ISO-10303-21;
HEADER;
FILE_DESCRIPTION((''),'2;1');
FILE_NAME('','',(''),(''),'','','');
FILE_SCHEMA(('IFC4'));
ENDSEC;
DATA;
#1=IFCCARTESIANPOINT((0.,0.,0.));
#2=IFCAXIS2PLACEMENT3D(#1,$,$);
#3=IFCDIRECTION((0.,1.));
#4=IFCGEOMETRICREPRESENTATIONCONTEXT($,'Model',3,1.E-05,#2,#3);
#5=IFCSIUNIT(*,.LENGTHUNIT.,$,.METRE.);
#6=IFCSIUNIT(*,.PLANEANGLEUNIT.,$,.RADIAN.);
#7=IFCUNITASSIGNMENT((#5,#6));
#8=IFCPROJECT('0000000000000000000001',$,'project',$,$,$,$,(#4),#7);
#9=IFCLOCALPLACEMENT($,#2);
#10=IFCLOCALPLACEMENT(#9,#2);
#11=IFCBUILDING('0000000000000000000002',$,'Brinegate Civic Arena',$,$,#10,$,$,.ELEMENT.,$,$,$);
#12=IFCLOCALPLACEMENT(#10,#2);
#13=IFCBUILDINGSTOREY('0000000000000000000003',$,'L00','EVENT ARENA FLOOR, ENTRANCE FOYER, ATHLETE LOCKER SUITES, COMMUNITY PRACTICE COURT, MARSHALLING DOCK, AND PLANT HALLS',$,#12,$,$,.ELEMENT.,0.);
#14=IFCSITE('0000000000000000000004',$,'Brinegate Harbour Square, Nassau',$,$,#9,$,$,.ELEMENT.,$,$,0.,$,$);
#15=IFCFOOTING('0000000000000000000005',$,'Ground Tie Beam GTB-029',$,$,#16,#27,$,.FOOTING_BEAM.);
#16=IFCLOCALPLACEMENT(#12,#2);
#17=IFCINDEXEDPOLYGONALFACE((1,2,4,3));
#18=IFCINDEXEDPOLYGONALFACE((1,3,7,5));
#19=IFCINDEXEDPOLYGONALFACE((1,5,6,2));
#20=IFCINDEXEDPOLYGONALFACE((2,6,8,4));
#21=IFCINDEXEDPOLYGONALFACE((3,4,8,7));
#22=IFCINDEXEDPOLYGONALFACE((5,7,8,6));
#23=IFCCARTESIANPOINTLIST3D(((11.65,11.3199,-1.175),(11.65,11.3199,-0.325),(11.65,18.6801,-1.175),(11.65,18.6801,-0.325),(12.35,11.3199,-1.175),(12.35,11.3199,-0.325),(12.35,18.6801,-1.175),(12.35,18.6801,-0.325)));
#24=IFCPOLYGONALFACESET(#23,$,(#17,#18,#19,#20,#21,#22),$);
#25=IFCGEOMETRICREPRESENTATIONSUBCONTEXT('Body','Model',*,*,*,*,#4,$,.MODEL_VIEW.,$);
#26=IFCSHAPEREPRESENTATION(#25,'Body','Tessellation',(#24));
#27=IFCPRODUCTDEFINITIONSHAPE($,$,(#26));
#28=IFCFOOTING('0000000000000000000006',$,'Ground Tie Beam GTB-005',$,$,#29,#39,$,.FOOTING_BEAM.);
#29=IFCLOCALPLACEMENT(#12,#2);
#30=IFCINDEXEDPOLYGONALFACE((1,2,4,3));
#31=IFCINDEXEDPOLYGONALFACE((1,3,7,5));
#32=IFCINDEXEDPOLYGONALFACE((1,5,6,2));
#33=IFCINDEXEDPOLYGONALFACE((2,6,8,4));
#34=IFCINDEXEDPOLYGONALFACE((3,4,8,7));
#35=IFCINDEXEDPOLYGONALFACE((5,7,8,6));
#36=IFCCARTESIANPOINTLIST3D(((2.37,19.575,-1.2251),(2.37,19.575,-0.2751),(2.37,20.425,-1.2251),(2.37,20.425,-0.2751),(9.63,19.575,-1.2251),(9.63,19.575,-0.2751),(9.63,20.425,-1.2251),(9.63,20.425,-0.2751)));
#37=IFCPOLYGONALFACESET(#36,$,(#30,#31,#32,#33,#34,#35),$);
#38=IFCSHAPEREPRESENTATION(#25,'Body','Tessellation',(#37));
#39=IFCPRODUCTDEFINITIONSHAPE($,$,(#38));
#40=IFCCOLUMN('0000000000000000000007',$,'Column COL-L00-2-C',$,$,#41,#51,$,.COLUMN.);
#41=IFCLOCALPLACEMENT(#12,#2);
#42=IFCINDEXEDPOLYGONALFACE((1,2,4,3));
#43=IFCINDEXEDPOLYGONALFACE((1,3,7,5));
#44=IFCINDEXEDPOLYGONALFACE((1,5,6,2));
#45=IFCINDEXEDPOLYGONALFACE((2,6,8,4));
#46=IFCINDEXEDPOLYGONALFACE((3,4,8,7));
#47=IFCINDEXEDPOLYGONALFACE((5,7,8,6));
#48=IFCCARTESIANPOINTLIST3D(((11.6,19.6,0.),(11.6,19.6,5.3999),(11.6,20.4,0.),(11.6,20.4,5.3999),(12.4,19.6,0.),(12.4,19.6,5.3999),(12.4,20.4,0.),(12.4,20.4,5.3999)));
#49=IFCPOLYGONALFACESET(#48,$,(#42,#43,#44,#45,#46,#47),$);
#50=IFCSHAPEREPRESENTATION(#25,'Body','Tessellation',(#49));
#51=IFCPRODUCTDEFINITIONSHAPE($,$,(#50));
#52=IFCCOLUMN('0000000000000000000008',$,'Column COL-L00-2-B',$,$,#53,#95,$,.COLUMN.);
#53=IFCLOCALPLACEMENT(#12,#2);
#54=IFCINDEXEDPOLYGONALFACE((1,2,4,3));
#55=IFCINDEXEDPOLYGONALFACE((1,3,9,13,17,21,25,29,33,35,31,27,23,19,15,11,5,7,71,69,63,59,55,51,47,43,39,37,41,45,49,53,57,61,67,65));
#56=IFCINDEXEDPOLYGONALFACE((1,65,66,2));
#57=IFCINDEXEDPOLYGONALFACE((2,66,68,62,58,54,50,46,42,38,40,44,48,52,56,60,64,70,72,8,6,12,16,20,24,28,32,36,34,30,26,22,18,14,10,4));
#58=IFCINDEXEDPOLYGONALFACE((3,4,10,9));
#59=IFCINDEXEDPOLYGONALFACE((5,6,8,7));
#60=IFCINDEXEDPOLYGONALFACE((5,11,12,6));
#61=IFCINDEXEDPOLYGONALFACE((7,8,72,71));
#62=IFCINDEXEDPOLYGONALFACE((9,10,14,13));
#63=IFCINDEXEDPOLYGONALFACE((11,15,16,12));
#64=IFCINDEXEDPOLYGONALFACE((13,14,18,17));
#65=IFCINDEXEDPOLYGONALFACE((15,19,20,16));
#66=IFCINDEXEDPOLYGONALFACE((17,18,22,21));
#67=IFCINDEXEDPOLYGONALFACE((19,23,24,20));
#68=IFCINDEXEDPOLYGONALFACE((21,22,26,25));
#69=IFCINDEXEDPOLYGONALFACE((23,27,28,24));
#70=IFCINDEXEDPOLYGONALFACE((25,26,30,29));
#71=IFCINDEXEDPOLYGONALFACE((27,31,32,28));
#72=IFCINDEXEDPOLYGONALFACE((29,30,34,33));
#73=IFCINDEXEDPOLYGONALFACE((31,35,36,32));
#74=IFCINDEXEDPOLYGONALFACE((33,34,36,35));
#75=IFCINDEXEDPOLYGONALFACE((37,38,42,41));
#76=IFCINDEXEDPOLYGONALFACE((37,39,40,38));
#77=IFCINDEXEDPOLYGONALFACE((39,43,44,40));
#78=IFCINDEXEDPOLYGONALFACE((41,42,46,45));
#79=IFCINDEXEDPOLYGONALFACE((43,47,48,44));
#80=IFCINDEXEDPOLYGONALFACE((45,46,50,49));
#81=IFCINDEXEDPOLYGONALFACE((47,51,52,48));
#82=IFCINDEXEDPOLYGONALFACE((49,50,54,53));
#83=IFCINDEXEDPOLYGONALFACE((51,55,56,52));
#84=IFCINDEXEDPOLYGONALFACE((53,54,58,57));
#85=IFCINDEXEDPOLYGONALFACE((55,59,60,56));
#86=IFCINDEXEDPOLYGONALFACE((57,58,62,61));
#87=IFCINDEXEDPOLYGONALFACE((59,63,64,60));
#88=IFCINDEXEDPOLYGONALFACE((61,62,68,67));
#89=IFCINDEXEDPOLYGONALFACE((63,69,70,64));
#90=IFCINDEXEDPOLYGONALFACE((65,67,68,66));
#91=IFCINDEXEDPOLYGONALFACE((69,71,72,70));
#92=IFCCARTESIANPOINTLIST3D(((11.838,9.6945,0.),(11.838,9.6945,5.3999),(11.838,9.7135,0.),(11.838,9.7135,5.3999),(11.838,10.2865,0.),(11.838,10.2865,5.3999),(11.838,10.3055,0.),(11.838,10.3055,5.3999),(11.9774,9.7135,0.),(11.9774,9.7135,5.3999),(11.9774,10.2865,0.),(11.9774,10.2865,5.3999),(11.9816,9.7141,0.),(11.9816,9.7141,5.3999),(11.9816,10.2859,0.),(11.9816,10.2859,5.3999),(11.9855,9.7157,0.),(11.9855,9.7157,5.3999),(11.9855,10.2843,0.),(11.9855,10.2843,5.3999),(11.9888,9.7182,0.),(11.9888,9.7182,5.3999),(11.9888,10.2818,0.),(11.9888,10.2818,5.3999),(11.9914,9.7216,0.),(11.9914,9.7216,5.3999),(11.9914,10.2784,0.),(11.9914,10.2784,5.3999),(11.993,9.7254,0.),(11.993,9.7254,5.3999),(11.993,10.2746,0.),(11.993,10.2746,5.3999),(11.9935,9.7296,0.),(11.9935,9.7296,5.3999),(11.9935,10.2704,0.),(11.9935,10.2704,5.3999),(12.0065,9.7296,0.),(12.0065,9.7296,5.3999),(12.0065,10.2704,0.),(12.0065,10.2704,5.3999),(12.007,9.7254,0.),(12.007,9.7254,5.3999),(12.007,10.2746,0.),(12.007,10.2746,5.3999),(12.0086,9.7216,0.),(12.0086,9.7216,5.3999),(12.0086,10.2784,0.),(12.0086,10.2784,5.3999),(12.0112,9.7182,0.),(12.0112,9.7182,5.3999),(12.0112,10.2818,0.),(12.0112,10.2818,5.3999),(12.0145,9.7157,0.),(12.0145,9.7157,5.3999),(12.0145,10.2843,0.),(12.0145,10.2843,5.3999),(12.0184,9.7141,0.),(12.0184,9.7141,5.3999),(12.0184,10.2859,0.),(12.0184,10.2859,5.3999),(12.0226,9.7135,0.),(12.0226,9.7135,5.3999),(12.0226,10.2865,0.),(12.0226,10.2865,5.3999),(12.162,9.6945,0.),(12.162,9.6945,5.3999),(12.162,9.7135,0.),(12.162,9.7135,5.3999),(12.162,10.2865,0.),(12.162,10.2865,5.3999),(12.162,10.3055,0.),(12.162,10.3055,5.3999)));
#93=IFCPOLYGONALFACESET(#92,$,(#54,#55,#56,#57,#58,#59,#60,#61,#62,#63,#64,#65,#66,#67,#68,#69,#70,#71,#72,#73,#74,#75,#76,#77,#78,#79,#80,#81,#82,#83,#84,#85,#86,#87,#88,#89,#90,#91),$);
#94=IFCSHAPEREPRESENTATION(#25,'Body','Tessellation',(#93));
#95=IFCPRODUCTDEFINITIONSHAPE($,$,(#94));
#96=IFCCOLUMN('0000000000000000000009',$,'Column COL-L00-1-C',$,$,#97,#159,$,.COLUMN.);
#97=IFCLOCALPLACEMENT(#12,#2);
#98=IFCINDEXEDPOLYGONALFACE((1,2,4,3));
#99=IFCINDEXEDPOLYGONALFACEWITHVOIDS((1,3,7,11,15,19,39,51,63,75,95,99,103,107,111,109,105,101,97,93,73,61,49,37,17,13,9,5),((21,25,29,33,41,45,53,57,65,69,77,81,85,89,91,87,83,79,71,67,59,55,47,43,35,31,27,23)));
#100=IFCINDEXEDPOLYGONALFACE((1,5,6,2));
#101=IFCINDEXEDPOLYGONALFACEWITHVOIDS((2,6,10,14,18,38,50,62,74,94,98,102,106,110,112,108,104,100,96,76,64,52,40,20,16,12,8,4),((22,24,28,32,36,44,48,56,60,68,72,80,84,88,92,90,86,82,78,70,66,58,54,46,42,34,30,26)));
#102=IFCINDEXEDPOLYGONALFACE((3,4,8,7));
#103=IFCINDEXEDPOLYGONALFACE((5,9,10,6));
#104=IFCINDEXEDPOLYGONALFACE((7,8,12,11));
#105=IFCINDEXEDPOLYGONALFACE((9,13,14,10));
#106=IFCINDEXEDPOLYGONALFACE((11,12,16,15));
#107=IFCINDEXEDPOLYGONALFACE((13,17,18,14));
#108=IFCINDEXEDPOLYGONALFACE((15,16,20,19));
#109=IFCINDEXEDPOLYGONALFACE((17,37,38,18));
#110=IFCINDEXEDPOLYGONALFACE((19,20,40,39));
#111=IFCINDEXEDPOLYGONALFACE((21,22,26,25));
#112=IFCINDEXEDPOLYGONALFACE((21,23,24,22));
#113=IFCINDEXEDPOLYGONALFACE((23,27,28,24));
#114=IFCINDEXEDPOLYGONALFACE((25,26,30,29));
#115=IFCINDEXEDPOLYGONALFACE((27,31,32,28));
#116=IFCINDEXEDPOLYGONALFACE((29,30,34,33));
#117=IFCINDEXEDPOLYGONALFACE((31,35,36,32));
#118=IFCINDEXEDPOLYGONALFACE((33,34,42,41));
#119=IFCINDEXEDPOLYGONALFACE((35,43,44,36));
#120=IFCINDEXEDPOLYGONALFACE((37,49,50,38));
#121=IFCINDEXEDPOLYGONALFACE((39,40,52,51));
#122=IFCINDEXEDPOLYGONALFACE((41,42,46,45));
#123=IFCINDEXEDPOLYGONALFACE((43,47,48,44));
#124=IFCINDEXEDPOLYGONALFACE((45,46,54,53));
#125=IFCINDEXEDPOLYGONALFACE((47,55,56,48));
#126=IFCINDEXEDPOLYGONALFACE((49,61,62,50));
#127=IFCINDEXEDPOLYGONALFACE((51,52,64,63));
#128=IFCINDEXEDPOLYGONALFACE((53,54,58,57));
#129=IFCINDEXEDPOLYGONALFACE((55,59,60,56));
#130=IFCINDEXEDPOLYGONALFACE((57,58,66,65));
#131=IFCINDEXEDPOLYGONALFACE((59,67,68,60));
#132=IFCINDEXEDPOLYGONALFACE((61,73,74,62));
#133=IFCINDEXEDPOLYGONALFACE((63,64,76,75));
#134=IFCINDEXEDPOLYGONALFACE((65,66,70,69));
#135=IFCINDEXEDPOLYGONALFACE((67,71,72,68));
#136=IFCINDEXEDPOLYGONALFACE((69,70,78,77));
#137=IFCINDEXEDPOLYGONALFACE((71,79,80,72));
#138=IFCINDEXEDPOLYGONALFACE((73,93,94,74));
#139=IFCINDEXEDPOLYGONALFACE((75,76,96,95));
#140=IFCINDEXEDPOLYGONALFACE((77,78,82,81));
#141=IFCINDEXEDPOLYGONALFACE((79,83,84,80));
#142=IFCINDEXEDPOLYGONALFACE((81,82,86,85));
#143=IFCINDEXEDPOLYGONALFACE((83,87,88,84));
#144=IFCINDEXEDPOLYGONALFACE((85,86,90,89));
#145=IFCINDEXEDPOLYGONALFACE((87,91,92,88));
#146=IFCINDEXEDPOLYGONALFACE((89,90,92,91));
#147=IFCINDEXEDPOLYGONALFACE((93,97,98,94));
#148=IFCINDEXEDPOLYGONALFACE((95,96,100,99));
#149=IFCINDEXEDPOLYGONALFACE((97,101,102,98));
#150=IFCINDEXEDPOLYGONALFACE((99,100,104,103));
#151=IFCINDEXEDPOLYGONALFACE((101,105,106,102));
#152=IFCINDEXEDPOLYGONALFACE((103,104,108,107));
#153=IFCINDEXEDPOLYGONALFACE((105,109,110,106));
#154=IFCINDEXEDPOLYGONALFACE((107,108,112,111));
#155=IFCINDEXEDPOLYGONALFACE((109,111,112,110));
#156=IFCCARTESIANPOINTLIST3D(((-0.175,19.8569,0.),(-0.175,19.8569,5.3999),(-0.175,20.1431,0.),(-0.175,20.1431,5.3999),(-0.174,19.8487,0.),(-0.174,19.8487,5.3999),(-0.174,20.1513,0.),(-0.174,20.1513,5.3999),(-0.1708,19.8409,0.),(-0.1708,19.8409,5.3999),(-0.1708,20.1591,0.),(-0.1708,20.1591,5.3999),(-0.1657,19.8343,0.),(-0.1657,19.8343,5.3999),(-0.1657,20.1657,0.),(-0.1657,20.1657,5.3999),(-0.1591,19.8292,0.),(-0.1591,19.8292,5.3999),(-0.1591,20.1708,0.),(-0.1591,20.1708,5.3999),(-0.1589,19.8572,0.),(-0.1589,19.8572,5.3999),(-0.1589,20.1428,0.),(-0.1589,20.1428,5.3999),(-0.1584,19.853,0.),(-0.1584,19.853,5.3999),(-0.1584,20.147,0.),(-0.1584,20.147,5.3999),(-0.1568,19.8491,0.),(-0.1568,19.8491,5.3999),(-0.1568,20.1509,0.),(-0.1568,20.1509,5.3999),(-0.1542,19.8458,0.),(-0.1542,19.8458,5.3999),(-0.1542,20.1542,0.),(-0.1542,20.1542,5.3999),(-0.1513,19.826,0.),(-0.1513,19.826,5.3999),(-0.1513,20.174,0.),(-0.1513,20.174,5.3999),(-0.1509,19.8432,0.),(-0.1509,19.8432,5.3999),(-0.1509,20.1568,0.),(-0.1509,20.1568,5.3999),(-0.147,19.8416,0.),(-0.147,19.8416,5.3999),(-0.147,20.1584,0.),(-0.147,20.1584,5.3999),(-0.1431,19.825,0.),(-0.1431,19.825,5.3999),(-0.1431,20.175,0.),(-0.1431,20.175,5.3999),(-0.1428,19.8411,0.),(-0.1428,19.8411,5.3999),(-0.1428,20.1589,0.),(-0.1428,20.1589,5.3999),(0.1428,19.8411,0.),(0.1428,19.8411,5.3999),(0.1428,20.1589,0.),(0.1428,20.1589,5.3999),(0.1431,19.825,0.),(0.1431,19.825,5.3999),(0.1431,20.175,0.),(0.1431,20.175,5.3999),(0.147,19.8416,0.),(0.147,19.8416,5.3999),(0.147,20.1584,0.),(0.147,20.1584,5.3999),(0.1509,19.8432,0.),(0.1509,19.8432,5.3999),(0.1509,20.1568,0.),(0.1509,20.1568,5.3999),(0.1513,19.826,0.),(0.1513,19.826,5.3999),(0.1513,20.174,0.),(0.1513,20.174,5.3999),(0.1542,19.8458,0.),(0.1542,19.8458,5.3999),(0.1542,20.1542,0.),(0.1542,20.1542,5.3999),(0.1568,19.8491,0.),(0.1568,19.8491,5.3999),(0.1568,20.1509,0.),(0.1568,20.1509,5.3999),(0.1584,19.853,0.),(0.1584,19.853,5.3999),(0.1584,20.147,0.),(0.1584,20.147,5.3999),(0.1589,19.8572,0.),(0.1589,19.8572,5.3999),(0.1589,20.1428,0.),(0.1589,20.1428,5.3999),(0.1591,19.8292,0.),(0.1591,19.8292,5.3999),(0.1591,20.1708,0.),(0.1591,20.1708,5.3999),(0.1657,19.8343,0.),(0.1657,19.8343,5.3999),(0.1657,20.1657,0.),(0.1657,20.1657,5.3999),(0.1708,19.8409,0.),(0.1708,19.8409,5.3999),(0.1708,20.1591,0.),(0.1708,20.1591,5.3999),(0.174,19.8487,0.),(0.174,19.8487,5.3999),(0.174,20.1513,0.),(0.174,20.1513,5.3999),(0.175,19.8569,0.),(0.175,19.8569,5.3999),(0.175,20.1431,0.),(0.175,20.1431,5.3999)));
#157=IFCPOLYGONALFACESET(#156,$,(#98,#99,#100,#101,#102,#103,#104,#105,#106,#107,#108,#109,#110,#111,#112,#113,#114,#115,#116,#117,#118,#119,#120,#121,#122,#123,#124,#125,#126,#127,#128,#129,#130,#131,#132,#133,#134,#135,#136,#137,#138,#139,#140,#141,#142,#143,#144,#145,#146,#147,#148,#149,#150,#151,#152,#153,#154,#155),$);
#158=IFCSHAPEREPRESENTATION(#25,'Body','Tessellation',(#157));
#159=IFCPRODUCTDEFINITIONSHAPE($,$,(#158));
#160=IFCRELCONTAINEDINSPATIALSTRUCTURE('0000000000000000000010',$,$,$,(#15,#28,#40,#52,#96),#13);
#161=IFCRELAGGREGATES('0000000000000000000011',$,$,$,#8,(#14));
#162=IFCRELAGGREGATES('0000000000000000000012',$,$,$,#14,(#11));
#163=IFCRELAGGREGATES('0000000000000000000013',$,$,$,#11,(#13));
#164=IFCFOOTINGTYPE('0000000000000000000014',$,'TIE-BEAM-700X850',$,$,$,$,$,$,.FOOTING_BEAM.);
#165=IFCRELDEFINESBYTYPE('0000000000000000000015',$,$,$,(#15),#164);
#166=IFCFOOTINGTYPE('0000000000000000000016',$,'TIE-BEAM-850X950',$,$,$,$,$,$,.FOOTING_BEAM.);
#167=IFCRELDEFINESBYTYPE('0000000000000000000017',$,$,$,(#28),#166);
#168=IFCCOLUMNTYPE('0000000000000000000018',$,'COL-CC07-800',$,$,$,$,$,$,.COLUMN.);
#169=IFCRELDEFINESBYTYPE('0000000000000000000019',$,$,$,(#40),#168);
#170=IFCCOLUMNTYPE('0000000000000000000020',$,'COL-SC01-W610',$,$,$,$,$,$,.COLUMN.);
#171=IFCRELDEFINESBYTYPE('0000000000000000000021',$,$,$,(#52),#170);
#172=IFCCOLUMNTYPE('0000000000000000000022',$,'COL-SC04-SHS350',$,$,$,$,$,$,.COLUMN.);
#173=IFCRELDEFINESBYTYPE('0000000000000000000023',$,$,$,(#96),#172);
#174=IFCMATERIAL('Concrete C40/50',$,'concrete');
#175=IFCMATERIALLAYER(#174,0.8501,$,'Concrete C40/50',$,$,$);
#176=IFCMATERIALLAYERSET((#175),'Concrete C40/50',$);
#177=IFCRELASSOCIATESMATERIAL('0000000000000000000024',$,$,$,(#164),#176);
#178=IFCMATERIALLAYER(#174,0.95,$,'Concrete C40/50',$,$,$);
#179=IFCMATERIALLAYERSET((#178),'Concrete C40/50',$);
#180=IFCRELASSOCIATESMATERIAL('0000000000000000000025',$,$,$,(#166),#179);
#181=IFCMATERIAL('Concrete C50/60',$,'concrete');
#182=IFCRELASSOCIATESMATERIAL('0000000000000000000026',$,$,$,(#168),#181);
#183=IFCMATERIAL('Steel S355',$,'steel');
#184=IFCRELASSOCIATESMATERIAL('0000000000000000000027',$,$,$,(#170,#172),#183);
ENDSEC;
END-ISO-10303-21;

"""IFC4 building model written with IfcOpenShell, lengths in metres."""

from ifc_helpers import new_model, si_unit, direction, frame, origin, origin_2d, place, context, subcontext, project, spatial, rectangle, hollow_rectangle, i_section, extrude, material, layer, layer_set, material_profile, profile_set, type_object, element, save


model = new_model("IFC4")

# Units and contexts
model_context = context("Model", 3, precision=1e-05, world=origin(), true_north=direction((0.0, 1.0)))
body_context = subcontext(model_context, "Body", "Model", "MODEL_VIEW")
ifc_project = project(units=[si_unit("LENGTHUNIT", "METRE"), si_unit("PLANEANGLEUNIT", "RADIAN")], contexts=[model_context])

# Site, building, storey
site_placement = place(None, origin())
site = spatial("IfcSite", under=ifc_project, at=site_placement, Name="Brinegate Harbour Square, Nassau", CompositionType="ELEMENT", RefElevation=0.0)
building_placement = place(site_placement, origin())
building = spatial("IfcBuilding", under=site, at=building_placement, Name="Brinegate Civic Arena", CompositionType="ELEMENT")
storey_placement = place(building_placement, origin())
storey = spatial("IfcBuildingStorey", under=building, at=storey_placement, Name="L00", Description="EVENT ARENA FLOOR, ENTRANCE FOYER, ATHLETE LOCKER SUITES, COMMUNITY PRACTICE COURT, MARSHALLING DOCK, AND PLANT HALLS", CompositionType="ELEMENT", Elevation=0.0)

# Shared definitions
ifc_material_1 = material(Name="Concrete C40/50", Category="concrete")

# Footings
ifc_layer_1 = layer(ifc_material_1, 0.8501, Name="Concrete C40/50")
ifc_layer_set_1 = layer_set([ifc_layer_1], Name="Concrete C40/50")
footing_type_1 = type_object("IfcFootingType", Name="TIE-BEAM-700X850", PredefinedType="FOOTING_BEAM", material=ifc_layer_set_1)
footing_1_placement = place(storey_placement, frame((12.0, 15.0, -1.175), z_axis=(0.0, 0.0, 1.0), x_axis=(0.0, 1.0, 0.0)))
element("IfcFooting", 1, at=footing_1_placement, inside=storey, type_object=footing_type_1, Name="Ground Tie Beam GTB-029", PredefinedType="FOOTING_BEAM", context=body_context, shape_type="SweptSolid", body=[
    extrude(rectangle(XDim=7.3601, YDim=0.7, at=origin_2d()), origin(), (0.0, 0.0, 1.0), 0.8501),
])
ifc_layer_2 = layer(ifc_material_1, 0.95, Name="Concrete C40/50")
ifc_layer_set_2 = layer_set([ifc_layer_2], Name="Concrete C40/50")
footing_type_2 = type_object("IfcFootingType", Name="TIE-BEAM-850X950", PredefinedType="FOOTING_BEAM", material=ifc_layer_set_2)
footing_2_placement = place(storey_placement, frame((6.0, 20.0, -1.2251), z_axis=(0.0, 0.0, 1.0), x_axis=(1.0, 0.0, 0.0)))
element("IfcFooting", 2, at=footing_2_placement, inside=storey, type_object=footing_type_2, Name="Ground Tie Beam GTB-005", PredefinedType="FOOTING_BEAM", context=body_context, shape_type="SweptSolid", body=[
    extrude(rectangle(XDim=7.26, YDim=0.8501, at=origin_2d()), origin(), (0.0, 0.0, 1.0), 0.95),
])

# Columns
ifc_material_2 = material(Name="Concrete C50/60", Category="concrete")
ifc_material_profile_1 = material_profile(ifc_material_2, rectangle(XDim=0.8, YDim=0.8, at=origin_2d()), Name="RC800X800")
ifc_profile_set_1 = profile_set([ifc_material_profile_1], Name="Concrete C50/60")
column_type_1 = type_object("IfcColumnType", Name="COL-CC07-800", PredefinedType="COLUMN", material=ifc_profile_set_1)
column_1_placement = place(storey_placement, frame((12.0, 20.0, 0.0), z_axis=(0.0, 0.0, 1.0), x_axis=(1.0, 0.0, 0.0)))
element("IfcColumn", 3, at=column_1_placement, inside=storey, type_object=column_type_1, Name="Column COL-L00-2-C", PredefinedType="COLUMN", context=body_context, shape_type="SweptSolid", body=[
    extrude(rectangle(XDim=0.8, YDim=0.8, at=origin_2d()), origin(), (0.0, 0.0, 1.0), 5.3999),
])
ifc_material_3 = material(Name="Steel S355", Category="steel")
ifc_material_profile_2 = material_profile(ifc_material_3, i_section(OverallWidth=0.324, OverallDepth=0.6111, WebThickness=0.0129, FlangeThickness=0.019, FilletRadius=0.0161, at=origin_2d()), Name="W610X155")
ifc_profile_set_2 = profile_set([ifc_material_profile_2], Name="Steel S355")
column_type_2 = type_object("IfcColumnType", Name="COL-SC01-W610", PredefinedType="COLUMN", material=ifc_profile_set_2)
column_2_placement = place(storey_placement, frame((12.0, 10.0, 0.0), z_axis=(0.0, 0.0, 1.0), x_axis=(1.0, 0.0, 0.0)))
element("IfcColumn", 4, at=column_2_placement, inside=storey, type_object=column_type_2, Name="Column COL-L00-2-B", PredefinedType="COLUMN", context=body_context, shape_type="SweptSolid", body=[
    extrude(i_section(OverallWidth=0.324, OverallDepth=0.6111, WebThickness=0.0129, FlangeThickness=0.019, FilletRadius=0.0161, at=origin_2d()), origin(), (0.0, 0.0, 1.0), 5.3999),
])
ifc_material_profile_3 = material_profile(ifc_material_3, hollow_rectangle(XDim=0.3501, YDim=0.3501, WallThickness=0.0161, InnerFilletRadius=0.0161, OuterFilletRadius=0.032, at=origin_2d()), Name="SHS350X16")
ifc_profile_set_3 = profile_set([ifc_material_profile_3], Name="Steel S355")
column_type_3 = type_object("IfcColumnType", Name="COL-SC04-SHS350", PredefinedType="COLUMN", material=ifc_profile_set_3)
column_3_placement = place(storey_placement, frame((0.0, 20.0, 0.0), z_axis=(0.0, 0.0, 1.0), x_axis=(1.0, 0.0, 0.0)))
element("IfcColumn", 5, at=column_3_placement, inside=storey, type_object=column_type_3, Name="Column COL-L00-1-C", PredefinedType="COLUMN", context=body_context, shape_type="SweptSolid", body=[
    extrude(hollow_rectangle(XDim=0.3501, YDim=0.3501, WallThickness=0.0161, InnerFilletRadius=0.0161, OuterFilletRadius=0.032, at=origin_2d()), origin(), (0.0, 0.0, 1.0), 5.3999),
])

save(model, "model.ifc")
